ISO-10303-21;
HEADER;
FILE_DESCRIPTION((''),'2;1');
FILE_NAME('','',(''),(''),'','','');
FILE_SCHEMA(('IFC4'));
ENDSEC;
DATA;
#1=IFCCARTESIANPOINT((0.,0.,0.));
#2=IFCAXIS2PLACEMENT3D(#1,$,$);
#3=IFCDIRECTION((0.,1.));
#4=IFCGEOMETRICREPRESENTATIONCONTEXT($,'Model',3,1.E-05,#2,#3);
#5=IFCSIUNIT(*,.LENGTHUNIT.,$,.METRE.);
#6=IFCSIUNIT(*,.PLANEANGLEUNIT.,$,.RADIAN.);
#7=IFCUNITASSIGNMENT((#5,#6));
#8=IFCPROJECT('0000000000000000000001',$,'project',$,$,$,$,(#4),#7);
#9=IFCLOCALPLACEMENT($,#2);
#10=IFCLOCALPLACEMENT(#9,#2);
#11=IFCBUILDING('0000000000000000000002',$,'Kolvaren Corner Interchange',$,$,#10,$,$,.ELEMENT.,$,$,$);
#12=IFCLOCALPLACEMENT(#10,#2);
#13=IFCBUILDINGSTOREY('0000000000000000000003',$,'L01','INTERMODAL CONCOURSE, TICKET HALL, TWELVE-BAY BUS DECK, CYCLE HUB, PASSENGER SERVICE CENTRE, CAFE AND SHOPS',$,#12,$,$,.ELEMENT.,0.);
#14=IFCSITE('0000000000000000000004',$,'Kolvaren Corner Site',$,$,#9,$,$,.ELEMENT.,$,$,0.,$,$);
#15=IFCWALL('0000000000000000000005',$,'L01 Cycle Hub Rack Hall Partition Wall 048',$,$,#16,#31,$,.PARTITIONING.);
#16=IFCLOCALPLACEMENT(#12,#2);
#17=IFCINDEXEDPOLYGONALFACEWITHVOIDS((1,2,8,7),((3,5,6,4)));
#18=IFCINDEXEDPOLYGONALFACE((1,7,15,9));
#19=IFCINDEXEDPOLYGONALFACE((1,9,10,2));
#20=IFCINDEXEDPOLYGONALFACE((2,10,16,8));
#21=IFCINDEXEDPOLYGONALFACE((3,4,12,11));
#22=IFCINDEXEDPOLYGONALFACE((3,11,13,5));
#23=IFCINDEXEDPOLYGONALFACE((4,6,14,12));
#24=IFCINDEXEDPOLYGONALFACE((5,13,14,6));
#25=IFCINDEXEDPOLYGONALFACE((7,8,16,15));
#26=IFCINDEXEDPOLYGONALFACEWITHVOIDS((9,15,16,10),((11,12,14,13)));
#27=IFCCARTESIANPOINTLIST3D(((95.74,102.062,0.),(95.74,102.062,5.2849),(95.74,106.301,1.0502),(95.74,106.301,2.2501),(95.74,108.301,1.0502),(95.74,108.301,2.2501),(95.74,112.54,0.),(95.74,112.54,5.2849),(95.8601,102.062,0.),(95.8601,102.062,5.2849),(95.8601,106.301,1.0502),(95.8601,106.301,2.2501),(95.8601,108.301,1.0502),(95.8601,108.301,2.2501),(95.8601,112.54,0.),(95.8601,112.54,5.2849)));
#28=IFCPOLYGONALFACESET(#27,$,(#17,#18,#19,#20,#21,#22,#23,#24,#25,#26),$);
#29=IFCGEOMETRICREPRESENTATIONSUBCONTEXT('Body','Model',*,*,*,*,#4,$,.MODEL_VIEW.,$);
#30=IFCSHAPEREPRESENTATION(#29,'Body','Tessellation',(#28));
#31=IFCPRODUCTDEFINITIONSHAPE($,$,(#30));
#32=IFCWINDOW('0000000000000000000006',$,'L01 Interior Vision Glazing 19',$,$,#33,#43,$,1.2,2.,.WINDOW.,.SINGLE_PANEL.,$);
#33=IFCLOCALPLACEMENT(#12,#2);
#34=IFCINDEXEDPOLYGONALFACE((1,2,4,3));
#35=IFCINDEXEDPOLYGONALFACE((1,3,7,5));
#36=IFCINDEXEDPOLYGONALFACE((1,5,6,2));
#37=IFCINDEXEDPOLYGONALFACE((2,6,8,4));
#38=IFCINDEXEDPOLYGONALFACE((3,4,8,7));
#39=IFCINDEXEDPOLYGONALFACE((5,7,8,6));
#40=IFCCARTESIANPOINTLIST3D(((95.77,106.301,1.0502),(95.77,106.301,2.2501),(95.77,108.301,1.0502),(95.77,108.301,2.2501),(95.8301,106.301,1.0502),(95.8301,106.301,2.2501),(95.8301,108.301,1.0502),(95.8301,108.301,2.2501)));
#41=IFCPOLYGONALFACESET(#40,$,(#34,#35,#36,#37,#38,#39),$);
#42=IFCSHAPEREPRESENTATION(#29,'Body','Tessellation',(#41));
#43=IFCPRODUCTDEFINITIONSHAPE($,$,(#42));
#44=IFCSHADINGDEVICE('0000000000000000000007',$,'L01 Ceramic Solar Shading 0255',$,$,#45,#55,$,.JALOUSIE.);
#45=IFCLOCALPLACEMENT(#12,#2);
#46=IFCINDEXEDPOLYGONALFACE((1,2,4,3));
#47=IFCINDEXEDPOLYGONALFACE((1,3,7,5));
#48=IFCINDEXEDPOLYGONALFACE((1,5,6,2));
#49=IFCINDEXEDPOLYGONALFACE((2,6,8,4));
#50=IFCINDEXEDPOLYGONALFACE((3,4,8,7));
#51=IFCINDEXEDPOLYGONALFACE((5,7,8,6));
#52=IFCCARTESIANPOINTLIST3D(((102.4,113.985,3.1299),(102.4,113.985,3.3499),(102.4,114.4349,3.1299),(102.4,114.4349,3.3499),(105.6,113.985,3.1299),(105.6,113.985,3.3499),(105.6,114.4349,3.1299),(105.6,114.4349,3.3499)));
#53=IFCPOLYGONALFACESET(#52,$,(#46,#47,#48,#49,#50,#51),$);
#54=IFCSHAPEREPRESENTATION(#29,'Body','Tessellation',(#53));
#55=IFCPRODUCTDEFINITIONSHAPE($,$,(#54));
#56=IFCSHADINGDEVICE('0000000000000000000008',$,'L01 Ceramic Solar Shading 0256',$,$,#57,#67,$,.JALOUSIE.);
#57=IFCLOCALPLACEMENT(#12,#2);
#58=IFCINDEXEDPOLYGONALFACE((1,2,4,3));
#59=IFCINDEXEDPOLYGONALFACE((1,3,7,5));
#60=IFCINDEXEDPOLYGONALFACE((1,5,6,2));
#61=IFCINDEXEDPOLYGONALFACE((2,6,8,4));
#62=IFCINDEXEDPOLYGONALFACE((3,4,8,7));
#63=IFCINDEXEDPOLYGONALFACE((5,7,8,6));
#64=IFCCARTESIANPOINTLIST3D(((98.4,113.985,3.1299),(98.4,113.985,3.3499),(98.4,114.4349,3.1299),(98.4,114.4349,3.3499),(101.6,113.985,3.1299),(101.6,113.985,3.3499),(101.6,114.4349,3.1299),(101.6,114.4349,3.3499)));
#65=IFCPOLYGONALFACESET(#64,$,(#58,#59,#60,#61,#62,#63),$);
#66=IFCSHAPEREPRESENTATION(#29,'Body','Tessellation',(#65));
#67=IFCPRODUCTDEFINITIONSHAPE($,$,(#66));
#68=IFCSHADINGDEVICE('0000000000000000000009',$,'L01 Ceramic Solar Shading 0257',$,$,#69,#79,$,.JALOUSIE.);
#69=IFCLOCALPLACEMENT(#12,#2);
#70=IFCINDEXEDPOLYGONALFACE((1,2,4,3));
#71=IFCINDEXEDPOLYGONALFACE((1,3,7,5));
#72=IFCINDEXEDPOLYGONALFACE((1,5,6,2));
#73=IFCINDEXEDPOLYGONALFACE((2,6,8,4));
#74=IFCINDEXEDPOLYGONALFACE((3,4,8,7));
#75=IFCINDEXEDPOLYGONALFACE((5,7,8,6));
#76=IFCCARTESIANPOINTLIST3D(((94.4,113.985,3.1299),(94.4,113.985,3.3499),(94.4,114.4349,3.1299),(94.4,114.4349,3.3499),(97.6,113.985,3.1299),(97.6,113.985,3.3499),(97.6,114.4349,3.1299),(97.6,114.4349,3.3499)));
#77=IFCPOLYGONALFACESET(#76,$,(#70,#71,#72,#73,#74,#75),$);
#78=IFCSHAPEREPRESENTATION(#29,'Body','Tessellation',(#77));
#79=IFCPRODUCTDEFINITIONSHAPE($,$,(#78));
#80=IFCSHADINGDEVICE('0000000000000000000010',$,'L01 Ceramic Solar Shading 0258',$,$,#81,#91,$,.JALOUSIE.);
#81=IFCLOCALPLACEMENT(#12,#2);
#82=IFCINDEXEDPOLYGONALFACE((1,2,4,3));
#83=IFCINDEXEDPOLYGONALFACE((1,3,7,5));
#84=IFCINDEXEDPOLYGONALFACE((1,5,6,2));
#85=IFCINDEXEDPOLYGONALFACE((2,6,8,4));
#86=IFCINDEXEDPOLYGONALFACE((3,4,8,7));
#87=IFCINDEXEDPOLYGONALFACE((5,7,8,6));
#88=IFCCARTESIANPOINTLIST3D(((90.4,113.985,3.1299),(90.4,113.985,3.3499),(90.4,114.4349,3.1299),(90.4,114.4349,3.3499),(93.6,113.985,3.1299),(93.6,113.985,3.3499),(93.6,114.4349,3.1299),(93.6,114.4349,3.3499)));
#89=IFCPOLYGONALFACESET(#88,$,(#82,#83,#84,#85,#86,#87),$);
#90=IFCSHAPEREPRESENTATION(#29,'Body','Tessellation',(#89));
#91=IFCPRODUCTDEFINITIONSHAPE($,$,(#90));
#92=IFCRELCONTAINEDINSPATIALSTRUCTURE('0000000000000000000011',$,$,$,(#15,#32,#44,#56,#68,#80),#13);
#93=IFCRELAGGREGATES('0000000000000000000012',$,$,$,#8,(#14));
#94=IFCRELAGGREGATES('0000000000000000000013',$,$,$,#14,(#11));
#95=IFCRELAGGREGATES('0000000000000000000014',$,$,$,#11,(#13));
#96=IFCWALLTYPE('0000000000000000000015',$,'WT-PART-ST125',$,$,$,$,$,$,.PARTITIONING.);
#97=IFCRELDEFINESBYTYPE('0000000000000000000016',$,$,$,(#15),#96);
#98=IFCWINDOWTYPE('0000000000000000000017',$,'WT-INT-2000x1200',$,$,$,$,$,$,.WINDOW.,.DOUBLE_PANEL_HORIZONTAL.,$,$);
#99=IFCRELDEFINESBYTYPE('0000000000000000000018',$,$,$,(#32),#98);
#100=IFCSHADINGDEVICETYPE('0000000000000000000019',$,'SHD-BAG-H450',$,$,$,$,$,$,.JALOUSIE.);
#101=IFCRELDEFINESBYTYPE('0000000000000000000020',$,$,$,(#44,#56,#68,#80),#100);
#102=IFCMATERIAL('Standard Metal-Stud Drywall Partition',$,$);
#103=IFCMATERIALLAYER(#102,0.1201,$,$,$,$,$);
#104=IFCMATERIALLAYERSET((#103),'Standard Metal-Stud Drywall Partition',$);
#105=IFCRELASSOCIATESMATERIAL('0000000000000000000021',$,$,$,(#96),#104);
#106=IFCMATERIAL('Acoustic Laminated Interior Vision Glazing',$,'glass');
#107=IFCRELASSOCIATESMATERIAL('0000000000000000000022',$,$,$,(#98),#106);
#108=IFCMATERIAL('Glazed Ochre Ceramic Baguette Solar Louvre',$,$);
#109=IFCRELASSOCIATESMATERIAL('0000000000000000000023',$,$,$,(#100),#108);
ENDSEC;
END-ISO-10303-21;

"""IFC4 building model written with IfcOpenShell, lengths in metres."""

from ifc_helpers import new_model, si_unit, direction, frame, frame_2d, origin, origin_2d, place, context, subcontext, project, spatial, rectangle, extrude, material, layer, layer_set, type_object, element, fill, save


model = new_model("IFC4")

# Units and contexts
model_context = context("Model", 3, precision=1e-05, world=origin(), true_north=direction((0.0, 1.0)))
body_context = subcontext(model_context, "Body", "Model", "MODEL_VIEW")
ifc_project = project(units=[si_unit("LENGTHUNIT", "METRE"), si_unit("PLANEANGLEUNIT", "RADIAN")], contexts=[model_context])

# Site, building, storey
site_placement = place(None, origin())
site = spatial("IfcSite", under=ifc_project, at=site_placement, Name="Kolvaren Corner Site", CompositionType="ELEMENT", RefElevation=0.0)
building_placement = place(site_placement, origin())
building = spatial("IfcBuilding", under=site, at=building_placement, Name="Kolvaren Corner Interchange", CompositionType="ELEMENT")
storey_placement = place(building_placement, origin())
storey = spatial("IfcBuildingStorey", under=building, at=storey_placement, Name="L01", Description="INTERMODAL CONCOURSE, TICKET HALL, TWELVE-BAY BUS DECK, CYCLE HUB, PASSENGER SERVICE CENTRE, CAFE AND SHOPS", CompositionType="ELEMENT", Elevation=0.0)

# Wall, opening, window
ifc_material_1 = material(Name="Standard Metal-Stud Drywall Partition")
ifc_layer = layer(ifc_material_1, 0.1201)
ifc_layer_set = layer_set([ifc_layer], Name="Standard Metal-Stud Drywall Partition")
wall_type = type_object("IfcWallType", Name="WT-PART-ST125", PredefinedType="PARTITIONING", material=ifc_layer_set)
wall_1_placement = place(storey_placement, frame((95.8, 102.062, 0.0), z_axis=(0.0, 0.0, 1.0), x_axis=(0.0, 1.0, 0.0)))
wall_1 = element("IfcWall", 1, at=wall_1_placement, inside=storey, type_object=wall_type, Name="L01 Cycle Hub Rack Hall Partition Wall 048", PredefinedType="PARTITIONING", context=body_context, shape_type="SweptSolid", body=[
    extrude(rectangle(XDim=10.478, YDim=0.1201, at=frame_2d((5.239, 0.0))), origin(), (0.0, 0.0, 1.0), 5.2849),
])
opening_1_placement = place(wall_1_placement, frame((4.239, 0.0, 1.05)))
opening_1 = element("IfcOpeningElement", 2, at=opening_1_placement, cuts=wall_1, PredefinedType="OPENING", context=body_context, shape_type="SweptSolid", body=[
    extrude(rectangle(XDim=2.0, YDim=1.2, at=frame_2d((1.0, 0.6001))), frame((0.0, 0.0701, 0.0), z_axis=(0.0, -1.0, 0.0), x_axis=(1.0, 0.0, 0.0)), (0.0, 0.0, 1.0), 0.1401),
])
ifc_material_2 = material(Name="Acoustic Laminated Interior Vision Glazing", Category="glass")
window_type_1 = type_object("IfcWindowType", Name="WT-INT-2000x1200", PartitioningType="DOUBLE_PANEL_HORIZONTAL", PredefinedType="WINDOW", material=ifc_material_2)
window_1_placement = place(opening_1_placement, origin())
window_1 = element("IfcWindow", 3, at=window_1_placement, inside=storey, type_object=window_type_1, Name="L01 Interior Vision Glazing 19", OverallHeight=1.2, OverallWidth=2.0, PartitioningType="SINGLE_PANEL", PredefinedType="WINDOW", context=body_context, shape_type="SweptSolid", body=[
    extrude(rectangle(XDim=2.0, YDim=1.2, at=frame_2d((1.0, 0.6001))), frame((0.0, 0.03, 0.0), z_axis=(0.0, -1.0, 0.0), x_axis=(1.0, 0.0, 0.0)), (0.0, 0.0, 1.0), 0.0601),
])
fill(opening_1, window_1)

# Shading devices
ifc_material_3 = material(Name="Glazed Ochre Ceramic Baguette Solar Louvre")
shading_device_type = type_object("IfcShadingDeviceType", Name="SHD-BAG-H450", PredefinedType="JALOUSIE", material=ifc_material_3)
for number, where, z_axis, x_axis, name in (
    (4, (104.0, 114.21, 3.1299), (0.0, 0.0, 1.0), (-1.0, 0.0, 0.0), "L01 Ceramic Solar Shading 0255"),
    (5, (100.0, 114.21, 3.1299), (0.0, 0.0, 1.0), (-1.0, 0.0, 0.0), "L01 Ceramic Solar Shading 0256"),
    (6, (96.0, 114.21, 3.1299), (0.0, 0.0, 1.0), (-1.0, 0.0, 0.0), "L01 Ceramic Solar Shading 0257"),
    (7, (92.0, 114.21, 3.1299), (0.0, 0.0, 1.0), (-1.0, 0.0, 0.0), "L01 Ceramic Solar Shading 0258"),
):
    element("IfcShadingDevice", number, at=place(storey_placement, frame(where, z_axis=z_axis, x_axis=x_axis)), inside=storey, type_object=shading_device_type, Name=name, PredefinedType="JALOUSIE", context=body_context, shape_type="SweptSolid", body=[
        extrude(rectangle(XDim=3.2, YDim=0.45, at=origin_2d()), origin(), (0.0, 0.0, 1.0), 0.22),
    ])

save(model, "model.ifc")
